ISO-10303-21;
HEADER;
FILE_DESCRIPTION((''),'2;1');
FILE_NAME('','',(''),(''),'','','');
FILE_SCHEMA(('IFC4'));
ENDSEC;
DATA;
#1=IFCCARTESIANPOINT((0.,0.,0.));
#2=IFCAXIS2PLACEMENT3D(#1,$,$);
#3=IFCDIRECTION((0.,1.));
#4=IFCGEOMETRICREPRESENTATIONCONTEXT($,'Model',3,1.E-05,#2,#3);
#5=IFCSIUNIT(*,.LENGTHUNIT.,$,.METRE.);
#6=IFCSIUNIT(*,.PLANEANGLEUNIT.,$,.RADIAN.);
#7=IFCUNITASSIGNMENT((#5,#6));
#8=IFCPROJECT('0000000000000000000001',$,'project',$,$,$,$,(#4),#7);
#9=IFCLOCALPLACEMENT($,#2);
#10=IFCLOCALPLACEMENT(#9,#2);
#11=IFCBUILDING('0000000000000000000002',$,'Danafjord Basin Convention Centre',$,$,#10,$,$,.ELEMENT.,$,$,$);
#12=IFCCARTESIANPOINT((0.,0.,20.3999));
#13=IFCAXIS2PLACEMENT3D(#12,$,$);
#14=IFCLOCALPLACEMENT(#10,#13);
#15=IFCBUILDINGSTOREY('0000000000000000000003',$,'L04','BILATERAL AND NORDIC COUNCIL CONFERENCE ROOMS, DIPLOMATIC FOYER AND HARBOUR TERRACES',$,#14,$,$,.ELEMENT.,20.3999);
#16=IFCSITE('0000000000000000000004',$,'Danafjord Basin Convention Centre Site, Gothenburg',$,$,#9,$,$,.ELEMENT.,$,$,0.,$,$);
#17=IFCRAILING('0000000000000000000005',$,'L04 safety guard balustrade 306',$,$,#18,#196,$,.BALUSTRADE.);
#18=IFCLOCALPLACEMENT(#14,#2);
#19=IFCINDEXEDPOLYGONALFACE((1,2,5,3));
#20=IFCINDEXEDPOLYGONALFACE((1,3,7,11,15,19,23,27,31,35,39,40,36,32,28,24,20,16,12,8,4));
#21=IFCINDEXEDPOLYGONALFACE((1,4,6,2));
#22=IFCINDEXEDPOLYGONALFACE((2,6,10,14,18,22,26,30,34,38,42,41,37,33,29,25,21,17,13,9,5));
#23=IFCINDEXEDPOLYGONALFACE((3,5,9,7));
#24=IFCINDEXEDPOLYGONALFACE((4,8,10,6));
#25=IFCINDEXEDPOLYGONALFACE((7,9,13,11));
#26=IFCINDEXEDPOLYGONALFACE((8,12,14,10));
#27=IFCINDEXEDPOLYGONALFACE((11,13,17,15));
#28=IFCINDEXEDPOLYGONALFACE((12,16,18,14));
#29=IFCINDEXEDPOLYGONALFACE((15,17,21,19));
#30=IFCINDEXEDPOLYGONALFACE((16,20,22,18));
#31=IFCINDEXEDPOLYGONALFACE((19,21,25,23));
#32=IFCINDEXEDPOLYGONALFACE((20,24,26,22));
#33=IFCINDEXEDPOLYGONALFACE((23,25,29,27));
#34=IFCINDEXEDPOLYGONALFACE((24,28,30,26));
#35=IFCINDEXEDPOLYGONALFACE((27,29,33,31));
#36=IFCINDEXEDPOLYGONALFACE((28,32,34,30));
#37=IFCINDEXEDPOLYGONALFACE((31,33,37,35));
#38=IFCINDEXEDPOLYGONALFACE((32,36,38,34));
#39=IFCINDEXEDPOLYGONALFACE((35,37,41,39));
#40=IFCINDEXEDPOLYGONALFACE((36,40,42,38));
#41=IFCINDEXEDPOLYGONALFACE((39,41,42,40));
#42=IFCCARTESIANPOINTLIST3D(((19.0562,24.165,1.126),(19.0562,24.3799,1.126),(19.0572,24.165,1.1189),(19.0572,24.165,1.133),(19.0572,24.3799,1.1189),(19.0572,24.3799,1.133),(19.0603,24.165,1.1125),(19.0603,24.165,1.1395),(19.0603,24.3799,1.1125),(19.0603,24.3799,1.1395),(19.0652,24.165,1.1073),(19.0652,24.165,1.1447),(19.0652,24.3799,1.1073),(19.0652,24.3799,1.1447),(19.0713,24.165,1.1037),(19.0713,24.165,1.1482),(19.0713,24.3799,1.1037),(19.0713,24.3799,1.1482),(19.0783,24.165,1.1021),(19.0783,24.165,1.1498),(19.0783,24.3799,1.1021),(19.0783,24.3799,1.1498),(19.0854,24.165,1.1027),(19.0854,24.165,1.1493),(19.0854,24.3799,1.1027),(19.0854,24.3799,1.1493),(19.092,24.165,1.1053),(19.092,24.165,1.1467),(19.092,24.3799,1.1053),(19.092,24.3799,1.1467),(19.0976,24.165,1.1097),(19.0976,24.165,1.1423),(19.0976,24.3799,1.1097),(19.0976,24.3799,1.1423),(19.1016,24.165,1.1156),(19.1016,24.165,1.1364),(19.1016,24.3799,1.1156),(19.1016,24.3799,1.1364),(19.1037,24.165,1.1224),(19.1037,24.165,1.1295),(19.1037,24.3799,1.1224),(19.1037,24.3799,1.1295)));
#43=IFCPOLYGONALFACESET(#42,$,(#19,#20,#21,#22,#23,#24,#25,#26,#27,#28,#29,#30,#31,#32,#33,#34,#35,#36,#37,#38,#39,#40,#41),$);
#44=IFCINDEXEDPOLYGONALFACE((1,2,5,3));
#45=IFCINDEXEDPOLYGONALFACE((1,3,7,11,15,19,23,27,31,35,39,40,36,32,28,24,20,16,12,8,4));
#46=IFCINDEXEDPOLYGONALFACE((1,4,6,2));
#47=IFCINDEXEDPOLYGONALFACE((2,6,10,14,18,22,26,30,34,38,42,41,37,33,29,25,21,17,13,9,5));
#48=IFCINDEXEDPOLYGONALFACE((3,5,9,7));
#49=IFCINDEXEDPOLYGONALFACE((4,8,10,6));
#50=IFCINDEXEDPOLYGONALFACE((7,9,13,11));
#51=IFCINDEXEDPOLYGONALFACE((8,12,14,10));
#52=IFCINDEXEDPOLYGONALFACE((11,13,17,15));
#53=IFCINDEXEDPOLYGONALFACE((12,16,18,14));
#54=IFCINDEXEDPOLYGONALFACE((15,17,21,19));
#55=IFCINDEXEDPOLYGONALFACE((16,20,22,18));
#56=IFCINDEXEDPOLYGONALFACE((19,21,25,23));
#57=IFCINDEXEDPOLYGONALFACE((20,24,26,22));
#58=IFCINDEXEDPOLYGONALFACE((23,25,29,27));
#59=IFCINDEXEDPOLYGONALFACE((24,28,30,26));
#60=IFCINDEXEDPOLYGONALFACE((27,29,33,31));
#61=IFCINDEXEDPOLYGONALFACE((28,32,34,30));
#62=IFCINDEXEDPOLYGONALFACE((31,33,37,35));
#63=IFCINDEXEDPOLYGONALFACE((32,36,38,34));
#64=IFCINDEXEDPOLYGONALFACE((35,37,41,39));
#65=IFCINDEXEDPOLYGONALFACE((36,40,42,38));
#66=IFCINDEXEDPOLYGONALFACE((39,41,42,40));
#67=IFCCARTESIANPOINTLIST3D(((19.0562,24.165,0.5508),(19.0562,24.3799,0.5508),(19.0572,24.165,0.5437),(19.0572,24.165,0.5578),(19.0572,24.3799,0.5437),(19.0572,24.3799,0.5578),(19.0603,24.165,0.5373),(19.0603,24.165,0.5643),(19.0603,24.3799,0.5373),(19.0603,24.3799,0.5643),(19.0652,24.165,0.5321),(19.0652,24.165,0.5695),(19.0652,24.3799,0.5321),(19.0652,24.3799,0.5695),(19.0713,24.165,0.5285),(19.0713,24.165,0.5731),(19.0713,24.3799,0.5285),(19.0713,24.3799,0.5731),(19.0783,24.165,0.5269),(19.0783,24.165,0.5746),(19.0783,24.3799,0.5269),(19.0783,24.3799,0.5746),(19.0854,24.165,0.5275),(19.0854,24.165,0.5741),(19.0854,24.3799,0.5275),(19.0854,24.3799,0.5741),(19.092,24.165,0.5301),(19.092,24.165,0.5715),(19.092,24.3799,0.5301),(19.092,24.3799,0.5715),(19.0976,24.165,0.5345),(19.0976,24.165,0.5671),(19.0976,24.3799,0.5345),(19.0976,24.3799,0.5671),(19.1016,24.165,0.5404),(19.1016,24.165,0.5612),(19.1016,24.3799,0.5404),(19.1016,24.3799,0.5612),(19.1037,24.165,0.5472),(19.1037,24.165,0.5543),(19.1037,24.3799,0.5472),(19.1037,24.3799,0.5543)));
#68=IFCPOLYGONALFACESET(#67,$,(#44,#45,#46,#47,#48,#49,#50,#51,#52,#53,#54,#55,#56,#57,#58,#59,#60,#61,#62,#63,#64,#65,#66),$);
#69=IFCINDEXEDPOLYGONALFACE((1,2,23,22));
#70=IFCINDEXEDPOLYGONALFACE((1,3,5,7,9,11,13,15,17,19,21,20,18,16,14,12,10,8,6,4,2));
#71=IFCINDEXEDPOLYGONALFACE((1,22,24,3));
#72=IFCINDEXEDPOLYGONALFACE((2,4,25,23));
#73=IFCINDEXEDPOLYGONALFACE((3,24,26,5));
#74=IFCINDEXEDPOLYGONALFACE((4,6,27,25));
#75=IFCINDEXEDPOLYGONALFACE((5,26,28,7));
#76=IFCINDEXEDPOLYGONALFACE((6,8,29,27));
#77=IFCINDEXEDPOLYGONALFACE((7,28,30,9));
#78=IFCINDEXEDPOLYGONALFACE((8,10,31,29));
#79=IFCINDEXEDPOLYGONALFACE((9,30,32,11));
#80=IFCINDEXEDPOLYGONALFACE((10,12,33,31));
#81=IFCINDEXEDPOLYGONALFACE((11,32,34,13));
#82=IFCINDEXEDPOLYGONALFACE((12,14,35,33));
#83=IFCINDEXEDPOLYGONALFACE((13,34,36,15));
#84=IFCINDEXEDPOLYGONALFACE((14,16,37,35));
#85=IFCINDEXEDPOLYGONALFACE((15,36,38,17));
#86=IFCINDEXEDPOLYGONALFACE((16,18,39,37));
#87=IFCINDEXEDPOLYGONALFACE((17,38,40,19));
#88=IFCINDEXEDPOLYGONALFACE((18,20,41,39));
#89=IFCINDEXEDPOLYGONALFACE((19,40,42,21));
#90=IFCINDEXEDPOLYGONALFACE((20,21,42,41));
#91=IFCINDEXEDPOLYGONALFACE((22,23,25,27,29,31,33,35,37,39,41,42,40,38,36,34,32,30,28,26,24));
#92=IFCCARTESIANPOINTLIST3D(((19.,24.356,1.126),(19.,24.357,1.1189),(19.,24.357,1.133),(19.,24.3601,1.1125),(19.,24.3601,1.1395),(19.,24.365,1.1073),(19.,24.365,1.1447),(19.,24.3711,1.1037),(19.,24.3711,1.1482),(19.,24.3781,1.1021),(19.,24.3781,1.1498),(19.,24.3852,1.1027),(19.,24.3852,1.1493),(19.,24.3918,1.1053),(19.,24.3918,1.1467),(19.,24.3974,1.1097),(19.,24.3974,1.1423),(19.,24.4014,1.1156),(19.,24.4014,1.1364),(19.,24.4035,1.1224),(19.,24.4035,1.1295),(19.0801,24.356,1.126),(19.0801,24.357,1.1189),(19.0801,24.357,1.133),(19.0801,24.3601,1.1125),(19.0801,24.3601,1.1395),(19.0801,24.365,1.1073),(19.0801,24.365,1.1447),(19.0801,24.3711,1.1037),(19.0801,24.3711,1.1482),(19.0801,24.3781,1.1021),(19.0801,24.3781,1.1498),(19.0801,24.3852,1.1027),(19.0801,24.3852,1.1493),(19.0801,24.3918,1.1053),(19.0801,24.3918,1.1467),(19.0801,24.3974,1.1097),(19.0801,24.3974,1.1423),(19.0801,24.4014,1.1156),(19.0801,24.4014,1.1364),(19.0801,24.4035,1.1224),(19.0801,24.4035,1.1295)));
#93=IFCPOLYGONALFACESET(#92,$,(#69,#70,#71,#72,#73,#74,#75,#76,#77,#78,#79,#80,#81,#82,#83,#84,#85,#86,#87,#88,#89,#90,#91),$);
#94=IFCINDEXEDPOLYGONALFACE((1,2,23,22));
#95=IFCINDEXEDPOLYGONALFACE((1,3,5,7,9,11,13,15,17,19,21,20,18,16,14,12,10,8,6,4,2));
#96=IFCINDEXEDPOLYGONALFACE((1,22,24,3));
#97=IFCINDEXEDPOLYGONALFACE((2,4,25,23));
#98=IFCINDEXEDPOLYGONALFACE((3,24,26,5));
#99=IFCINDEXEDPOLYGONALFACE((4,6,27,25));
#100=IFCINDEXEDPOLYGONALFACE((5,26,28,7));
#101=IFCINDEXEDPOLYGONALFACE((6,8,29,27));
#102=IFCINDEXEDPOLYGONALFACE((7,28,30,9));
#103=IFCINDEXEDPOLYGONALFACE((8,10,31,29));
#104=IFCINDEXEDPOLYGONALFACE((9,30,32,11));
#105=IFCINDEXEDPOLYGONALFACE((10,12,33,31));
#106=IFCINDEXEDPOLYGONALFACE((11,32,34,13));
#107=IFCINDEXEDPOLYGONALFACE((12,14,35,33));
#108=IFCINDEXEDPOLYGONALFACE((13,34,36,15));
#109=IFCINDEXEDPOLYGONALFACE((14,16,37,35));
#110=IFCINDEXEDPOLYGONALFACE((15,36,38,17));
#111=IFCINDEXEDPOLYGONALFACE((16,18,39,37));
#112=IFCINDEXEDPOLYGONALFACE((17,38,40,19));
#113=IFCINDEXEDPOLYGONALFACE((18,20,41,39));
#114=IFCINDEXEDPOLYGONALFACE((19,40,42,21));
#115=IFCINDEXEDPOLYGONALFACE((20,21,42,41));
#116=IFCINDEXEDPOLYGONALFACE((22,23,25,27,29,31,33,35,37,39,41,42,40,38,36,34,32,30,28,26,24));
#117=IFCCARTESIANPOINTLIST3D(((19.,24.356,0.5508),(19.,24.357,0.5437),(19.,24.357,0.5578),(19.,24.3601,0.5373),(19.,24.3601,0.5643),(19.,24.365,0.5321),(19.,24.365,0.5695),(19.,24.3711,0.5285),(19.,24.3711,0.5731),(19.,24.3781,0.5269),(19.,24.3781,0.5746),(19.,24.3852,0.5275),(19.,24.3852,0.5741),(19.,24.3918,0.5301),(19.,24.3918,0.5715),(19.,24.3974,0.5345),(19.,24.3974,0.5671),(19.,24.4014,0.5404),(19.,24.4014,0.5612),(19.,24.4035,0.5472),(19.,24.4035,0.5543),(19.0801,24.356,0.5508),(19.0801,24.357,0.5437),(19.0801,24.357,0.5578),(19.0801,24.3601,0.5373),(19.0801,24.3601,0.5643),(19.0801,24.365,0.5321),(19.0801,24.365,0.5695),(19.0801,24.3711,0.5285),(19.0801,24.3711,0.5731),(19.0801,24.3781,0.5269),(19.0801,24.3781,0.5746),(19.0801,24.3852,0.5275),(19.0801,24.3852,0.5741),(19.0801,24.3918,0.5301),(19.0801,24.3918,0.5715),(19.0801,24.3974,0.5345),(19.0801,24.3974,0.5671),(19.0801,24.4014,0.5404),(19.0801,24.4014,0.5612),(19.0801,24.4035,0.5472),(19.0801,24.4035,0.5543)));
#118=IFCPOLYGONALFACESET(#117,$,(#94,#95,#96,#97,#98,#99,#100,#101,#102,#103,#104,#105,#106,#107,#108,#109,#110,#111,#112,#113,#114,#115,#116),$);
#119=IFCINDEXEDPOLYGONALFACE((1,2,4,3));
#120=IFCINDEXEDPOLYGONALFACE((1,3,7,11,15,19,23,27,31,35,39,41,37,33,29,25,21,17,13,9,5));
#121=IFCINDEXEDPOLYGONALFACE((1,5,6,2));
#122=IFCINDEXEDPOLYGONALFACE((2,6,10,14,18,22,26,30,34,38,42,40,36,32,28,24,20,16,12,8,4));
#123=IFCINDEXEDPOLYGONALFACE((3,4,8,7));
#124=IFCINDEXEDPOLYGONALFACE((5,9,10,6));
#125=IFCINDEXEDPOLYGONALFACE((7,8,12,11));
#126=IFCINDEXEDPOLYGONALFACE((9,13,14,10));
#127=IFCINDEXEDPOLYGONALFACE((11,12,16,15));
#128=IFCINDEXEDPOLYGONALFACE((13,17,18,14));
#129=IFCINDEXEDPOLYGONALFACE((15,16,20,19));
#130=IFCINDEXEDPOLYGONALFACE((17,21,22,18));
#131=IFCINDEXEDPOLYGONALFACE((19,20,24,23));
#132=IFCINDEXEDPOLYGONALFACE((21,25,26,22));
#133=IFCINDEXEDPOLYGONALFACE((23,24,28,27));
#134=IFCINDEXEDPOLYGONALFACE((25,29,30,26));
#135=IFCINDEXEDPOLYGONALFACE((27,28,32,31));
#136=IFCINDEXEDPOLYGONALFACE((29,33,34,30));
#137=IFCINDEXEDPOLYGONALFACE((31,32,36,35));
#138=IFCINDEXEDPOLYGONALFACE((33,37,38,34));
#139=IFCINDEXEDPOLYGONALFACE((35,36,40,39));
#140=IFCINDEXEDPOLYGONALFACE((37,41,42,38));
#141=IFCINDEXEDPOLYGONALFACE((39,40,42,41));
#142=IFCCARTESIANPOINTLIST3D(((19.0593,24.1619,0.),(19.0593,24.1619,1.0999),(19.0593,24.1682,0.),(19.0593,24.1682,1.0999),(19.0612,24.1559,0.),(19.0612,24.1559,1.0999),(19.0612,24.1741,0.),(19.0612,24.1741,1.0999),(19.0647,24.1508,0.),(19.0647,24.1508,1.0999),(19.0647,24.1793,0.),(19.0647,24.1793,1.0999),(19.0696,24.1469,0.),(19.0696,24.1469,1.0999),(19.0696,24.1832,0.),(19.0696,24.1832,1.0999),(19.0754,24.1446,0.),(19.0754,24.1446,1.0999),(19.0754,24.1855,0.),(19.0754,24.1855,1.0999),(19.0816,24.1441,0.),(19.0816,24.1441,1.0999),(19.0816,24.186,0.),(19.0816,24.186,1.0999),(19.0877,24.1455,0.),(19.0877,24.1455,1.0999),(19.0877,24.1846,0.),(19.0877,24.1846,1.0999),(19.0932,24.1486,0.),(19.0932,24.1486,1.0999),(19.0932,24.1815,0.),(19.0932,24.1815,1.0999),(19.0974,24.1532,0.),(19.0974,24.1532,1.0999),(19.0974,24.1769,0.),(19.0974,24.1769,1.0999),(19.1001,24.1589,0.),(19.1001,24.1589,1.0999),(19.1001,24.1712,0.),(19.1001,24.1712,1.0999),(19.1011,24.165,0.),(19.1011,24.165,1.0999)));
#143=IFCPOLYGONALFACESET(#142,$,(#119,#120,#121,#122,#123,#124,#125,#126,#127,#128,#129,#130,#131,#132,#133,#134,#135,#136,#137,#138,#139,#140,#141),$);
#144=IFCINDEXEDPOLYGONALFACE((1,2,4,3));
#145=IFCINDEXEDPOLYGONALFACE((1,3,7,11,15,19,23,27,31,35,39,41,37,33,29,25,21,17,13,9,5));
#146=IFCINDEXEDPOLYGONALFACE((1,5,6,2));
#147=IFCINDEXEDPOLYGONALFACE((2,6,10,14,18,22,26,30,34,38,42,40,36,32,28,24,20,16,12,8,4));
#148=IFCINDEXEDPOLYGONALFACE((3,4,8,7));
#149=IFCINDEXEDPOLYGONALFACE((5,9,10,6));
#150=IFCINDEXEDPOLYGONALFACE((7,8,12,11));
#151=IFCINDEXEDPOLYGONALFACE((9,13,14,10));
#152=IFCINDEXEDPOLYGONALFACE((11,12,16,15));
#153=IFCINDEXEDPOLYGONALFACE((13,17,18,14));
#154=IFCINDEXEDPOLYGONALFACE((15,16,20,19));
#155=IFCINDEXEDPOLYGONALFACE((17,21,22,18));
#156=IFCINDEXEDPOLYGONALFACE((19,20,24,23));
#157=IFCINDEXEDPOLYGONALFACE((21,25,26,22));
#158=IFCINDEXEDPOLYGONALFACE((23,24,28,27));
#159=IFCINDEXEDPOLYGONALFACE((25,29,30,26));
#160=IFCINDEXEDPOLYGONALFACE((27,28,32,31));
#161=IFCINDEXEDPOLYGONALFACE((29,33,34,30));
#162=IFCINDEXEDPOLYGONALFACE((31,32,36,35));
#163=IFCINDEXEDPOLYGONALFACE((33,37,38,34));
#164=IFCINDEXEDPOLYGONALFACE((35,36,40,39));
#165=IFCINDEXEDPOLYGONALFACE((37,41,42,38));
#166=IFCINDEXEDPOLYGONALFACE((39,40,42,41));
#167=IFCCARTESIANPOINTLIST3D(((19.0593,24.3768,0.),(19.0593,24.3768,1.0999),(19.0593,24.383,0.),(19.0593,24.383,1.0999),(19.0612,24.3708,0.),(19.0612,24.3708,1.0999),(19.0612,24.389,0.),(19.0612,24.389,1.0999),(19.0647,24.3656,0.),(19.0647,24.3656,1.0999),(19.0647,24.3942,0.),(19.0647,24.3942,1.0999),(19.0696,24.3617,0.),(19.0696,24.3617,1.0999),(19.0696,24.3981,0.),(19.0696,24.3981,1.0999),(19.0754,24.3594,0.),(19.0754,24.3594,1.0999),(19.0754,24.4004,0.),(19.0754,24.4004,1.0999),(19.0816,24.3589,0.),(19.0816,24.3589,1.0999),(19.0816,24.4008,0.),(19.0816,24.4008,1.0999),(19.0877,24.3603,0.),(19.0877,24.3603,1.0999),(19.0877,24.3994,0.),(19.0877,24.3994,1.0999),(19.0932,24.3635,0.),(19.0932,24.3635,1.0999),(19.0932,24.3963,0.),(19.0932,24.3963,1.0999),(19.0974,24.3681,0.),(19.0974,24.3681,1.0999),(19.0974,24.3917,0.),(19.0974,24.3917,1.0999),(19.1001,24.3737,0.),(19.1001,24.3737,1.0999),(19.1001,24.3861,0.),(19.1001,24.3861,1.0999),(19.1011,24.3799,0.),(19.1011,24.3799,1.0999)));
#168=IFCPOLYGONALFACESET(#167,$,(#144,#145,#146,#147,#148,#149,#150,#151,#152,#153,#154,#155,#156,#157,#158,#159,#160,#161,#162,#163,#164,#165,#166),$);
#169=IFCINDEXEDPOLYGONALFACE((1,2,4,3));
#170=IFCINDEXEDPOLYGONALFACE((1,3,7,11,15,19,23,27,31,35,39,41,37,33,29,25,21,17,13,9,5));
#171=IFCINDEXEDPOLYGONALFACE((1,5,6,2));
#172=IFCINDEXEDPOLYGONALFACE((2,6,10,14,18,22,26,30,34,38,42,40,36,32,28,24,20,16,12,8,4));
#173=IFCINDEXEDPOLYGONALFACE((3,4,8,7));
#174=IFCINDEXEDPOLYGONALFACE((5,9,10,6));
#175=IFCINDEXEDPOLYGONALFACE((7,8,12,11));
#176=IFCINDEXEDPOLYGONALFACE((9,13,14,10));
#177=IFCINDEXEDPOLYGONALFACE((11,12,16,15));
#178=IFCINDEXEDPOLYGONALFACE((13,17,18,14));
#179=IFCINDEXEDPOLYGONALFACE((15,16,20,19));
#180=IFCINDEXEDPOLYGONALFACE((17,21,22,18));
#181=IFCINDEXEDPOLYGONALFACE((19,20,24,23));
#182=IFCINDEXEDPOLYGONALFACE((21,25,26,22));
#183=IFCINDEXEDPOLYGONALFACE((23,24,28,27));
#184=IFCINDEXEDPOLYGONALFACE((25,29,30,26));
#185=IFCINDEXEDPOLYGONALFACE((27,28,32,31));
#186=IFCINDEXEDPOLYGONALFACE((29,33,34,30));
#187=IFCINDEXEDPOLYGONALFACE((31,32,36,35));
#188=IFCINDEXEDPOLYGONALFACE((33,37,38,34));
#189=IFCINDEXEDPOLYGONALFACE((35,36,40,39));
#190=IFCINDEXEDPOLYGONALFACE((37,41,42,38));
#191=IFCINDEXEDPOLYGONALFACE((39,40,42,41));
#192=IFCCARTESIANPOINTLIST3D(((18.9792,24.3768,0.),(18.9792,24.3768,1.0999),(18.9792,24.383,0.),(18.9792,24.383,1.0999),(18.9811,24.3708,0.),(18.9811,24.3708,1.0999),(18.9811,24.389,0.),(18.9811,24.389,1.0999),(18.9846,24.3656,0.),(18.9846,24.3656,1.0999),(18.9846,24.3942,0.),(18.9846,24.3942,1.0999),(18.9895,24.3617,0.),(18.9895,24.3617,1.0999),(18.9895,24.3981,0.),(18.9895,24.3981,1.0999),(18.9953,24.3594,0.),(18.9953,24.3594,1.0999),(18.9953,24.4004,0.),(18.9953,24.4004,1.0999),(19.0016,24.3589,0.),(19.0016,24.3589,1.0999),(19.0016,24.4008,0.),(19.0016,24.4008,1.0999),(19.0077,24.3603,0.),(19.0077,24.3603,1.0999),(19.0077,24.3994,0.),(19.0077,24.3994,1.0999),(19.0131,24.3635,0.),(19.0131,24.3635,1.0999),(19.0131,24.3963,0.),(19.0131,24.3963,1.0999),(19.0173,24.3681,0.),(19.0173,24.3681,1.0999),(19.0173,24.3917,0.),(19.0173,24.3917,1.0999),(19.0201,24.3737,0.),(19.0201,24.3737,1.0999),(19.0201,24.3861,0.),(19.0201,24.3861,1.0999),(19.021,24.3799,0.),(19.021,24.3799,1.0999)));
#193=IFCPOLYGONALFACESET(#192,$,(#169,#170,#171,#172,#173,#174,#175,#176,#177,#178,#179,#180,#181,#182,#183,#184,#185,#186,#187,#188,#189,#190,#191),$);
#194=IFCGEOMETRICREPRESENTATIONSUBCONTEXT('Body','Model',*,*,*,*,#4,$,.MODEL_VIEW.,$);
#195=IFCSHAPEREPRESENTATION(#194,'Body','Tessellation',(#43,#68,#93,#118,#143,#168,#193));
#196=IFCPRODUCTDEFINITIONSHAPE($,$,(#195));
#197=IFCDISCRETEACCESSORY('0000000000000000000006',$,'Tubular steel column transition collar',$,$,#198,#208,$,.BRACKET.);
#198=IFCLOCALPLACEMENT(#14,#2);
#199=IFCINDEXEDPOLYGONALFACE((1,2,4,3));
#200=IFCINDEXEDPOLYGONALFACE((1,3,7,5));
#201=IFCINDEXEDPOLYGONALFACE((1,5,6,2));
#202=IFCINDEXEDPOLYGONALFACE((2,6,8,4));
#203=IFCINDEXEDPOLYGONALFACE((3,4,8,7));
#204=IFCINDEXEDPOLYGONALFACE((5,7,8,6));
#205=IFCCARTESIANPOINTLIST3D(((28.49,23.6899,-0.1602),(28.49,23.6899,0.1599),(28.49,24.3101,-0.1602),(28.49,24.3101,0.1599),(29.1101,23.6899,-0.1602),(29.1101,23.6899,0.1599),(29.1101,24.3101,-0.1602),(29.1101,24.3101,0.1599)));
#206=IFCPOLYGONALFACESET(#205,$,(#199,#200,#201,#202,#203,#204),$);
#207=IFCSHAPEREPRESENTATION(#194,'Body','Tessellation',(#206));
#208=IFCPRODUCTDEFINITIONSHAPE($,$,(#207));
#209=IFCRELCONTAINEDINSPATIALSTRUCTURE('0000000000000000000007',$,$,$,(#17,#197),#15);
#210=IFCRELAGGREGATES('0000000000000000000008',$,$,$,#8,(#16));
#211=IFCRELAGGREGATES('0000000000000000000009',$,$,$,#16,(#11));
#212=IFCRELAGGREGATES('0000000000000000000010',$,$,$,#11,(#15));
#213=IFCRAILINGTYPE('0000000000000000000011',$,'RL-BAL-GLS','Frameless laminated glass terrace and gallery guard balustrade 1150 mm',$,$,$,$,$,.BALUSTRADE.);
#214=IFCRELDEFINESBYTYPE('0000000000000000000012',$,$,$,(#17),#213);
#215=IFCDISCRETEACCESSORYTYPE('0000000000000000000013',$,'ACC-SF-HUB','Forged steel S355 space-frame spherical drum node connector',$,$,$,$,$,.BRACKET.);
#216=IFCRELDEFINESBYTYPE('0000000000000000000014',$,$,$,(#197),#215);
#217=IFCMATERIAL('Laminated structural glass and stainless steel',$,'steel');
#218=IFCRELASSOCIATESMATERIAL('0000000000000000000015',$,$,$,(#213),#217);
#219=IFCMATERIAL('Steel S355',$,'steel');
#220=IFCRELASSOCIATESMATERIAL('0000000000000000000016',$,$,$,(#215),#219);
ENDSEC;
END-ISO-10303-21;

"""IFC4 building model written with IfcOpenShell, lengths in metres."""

from ifc_helpers import new_model, si_unit, direction, frame, origin, origin_2d, place, context, subcontext, project, spatial, rectangle, circle, extrude, material, type_object, element, save


model = new_model("IFC4")

# Units and contexts
model_context = context("Model", 3, precision=1e-05, world=origin(), true_north=direction((0.0, 1.0)))
body_context = subcontext(model_context, "Body", "Model", "MODEL_VIEW")
ifc_project = project(units=[si_unit("LENGTHUNIT", "METRE"), si_unit("PLANEANGLEUNIT", "RADIAN")], contexts=[model_context])

# Site, building, storey
site_placement = place(None, origin())
site = spatial("IfcSite", under=ifc_project, at=site_placement, Name="Danafjord Basin Convention Centre Site, Gothenburg", CompositionType="ELEMENT", RefElevation=0.0)
building_placement = place(site_placement, origin())
building = spatial("IfcBuilding", under=site, at=building_placement, Name="Danafjord Basin Convention Centre", CompositionType="ELEMENT")
storey_placement = place(building_placement, frame((0.0, 0.0, 20.3999)))
storey = spatial("IfcBuildingStorey", under=building, at=storey_placement, Name="L04", Description="BILATERAL AND NORDIC COUNCIL CONFERENCE ROOMS, DIPLOMATIC FOYER AND HARBOUR TERRACES", CompositionType="ELEMENT", Elevation=20.3999)

# Shared definitions
ifc_material_1 = material(Name="Steel S355", Category="steel")

# Railing
ifc_material_2 = material(Name="Laminated structural glass and stainless steel", Category="steel")
railing_type = type_object("IfcRailingType", Name="RL-BAL-GLS", Description="Frameless laminated glass terrace and gallery guard balustrade 1150 mm", PredefinedType="BALUSTRADE", material=ifc_material_2)
railing_1_placement = place(storey_placement, frame((19.0801, 24.165, 0.0)))
element("IfcRailing", 1, at=railing_1_placement, inside=storey, type_object=railing_type, Name="L04 safety guard balustrade 306", PredefinedType="BALUSTRADE", context=body_context, shape_type="SweptSolid", body=[
    extrude(circle(Radius=0.0239, at=origin_2d()), frame((0.0, 0.0, 1.126), z_axis=(0.0, 1.0, 0.0), x_axis=(-1.0, 0.0, 0.0)), (0.0, 0.0, 1.0), 0.2148),
    extrude(circle(Radius=0.0239, at=origin_2d()), frame((0.0, 0.0, 0.5508), z_axis=(0.0, 1.0, 0.0), x_axis=(-1.0, 0.0, 0.0)), (0.0, 0.0, 1.0), 0.2148),
    extrude(circle(Radius=0.0239, at=origin_2d()), frame((0.0, 0.2148, 1.126), z_axis=(-1.0, 0.0, 0.0), x_axis=(0.0, -1.0, 0.0)), (0.0, 0.0, 1.0), 0.0801),
    extrude(circle(Radius=0.0239, at=origin_2d()), frame((0.0, 0.2148, 0.5508), z_axis=(-1.0, 0.0, 0.0), x_axis=(0.0, -1.0, 0.0)), (0.0, 0.0, 1.0), 0.0801),
    extrude(circle(Radius=0.021, at=origin_2d()), origin(), (0.0, 0.0, 1.0), 1.0999),
    extrude(circle(Radius=0.021, at=origin_2d()), frame((0.0, 0.2148, 0.0)), (0.0, 0.0, 1.0), 1.0999),
    extrude(circle(Radius=0.021, at=origin_2d()), frame((-0.0801, 0.2148, 0.0)), (0.0, 0.0, 1.0), 1.0999),
])

# Discrete accessory
discrete_accessory_type = type_object("IfcDiscreteAccessoryType", Name="ACC-SF-HUB", Description="Forged steel S355 space-frame spherical drum node connector", PredefinedType="BRACKET", material=ifc_material_1)
for number, where, z_axis, x_axis, name in (
    (2, (28.8, 24.0, -0.1602), (0.0, 0.0, 1.0), (1.0, 0.0, 0.0), "Tubular steel column transition collar"),
):
    element("IfcDiscreteAccessory", number, at=place(storey_placement, frame(where, z_axis=z_axis, x_axis=x_axis)), inside=storey, type_object=discrete_accessory_type, Name=name, PredefinedType="BRACKET", context=body_context, shape_type="SweptSolid", body=[
        extrude(rectangle(XDim=0.6201, YDim=0.6201, at=origin_2d()), origin(), (0.0, 0.0, 1.0), 0.3201),
    ])

save(model, "model.ifc")
